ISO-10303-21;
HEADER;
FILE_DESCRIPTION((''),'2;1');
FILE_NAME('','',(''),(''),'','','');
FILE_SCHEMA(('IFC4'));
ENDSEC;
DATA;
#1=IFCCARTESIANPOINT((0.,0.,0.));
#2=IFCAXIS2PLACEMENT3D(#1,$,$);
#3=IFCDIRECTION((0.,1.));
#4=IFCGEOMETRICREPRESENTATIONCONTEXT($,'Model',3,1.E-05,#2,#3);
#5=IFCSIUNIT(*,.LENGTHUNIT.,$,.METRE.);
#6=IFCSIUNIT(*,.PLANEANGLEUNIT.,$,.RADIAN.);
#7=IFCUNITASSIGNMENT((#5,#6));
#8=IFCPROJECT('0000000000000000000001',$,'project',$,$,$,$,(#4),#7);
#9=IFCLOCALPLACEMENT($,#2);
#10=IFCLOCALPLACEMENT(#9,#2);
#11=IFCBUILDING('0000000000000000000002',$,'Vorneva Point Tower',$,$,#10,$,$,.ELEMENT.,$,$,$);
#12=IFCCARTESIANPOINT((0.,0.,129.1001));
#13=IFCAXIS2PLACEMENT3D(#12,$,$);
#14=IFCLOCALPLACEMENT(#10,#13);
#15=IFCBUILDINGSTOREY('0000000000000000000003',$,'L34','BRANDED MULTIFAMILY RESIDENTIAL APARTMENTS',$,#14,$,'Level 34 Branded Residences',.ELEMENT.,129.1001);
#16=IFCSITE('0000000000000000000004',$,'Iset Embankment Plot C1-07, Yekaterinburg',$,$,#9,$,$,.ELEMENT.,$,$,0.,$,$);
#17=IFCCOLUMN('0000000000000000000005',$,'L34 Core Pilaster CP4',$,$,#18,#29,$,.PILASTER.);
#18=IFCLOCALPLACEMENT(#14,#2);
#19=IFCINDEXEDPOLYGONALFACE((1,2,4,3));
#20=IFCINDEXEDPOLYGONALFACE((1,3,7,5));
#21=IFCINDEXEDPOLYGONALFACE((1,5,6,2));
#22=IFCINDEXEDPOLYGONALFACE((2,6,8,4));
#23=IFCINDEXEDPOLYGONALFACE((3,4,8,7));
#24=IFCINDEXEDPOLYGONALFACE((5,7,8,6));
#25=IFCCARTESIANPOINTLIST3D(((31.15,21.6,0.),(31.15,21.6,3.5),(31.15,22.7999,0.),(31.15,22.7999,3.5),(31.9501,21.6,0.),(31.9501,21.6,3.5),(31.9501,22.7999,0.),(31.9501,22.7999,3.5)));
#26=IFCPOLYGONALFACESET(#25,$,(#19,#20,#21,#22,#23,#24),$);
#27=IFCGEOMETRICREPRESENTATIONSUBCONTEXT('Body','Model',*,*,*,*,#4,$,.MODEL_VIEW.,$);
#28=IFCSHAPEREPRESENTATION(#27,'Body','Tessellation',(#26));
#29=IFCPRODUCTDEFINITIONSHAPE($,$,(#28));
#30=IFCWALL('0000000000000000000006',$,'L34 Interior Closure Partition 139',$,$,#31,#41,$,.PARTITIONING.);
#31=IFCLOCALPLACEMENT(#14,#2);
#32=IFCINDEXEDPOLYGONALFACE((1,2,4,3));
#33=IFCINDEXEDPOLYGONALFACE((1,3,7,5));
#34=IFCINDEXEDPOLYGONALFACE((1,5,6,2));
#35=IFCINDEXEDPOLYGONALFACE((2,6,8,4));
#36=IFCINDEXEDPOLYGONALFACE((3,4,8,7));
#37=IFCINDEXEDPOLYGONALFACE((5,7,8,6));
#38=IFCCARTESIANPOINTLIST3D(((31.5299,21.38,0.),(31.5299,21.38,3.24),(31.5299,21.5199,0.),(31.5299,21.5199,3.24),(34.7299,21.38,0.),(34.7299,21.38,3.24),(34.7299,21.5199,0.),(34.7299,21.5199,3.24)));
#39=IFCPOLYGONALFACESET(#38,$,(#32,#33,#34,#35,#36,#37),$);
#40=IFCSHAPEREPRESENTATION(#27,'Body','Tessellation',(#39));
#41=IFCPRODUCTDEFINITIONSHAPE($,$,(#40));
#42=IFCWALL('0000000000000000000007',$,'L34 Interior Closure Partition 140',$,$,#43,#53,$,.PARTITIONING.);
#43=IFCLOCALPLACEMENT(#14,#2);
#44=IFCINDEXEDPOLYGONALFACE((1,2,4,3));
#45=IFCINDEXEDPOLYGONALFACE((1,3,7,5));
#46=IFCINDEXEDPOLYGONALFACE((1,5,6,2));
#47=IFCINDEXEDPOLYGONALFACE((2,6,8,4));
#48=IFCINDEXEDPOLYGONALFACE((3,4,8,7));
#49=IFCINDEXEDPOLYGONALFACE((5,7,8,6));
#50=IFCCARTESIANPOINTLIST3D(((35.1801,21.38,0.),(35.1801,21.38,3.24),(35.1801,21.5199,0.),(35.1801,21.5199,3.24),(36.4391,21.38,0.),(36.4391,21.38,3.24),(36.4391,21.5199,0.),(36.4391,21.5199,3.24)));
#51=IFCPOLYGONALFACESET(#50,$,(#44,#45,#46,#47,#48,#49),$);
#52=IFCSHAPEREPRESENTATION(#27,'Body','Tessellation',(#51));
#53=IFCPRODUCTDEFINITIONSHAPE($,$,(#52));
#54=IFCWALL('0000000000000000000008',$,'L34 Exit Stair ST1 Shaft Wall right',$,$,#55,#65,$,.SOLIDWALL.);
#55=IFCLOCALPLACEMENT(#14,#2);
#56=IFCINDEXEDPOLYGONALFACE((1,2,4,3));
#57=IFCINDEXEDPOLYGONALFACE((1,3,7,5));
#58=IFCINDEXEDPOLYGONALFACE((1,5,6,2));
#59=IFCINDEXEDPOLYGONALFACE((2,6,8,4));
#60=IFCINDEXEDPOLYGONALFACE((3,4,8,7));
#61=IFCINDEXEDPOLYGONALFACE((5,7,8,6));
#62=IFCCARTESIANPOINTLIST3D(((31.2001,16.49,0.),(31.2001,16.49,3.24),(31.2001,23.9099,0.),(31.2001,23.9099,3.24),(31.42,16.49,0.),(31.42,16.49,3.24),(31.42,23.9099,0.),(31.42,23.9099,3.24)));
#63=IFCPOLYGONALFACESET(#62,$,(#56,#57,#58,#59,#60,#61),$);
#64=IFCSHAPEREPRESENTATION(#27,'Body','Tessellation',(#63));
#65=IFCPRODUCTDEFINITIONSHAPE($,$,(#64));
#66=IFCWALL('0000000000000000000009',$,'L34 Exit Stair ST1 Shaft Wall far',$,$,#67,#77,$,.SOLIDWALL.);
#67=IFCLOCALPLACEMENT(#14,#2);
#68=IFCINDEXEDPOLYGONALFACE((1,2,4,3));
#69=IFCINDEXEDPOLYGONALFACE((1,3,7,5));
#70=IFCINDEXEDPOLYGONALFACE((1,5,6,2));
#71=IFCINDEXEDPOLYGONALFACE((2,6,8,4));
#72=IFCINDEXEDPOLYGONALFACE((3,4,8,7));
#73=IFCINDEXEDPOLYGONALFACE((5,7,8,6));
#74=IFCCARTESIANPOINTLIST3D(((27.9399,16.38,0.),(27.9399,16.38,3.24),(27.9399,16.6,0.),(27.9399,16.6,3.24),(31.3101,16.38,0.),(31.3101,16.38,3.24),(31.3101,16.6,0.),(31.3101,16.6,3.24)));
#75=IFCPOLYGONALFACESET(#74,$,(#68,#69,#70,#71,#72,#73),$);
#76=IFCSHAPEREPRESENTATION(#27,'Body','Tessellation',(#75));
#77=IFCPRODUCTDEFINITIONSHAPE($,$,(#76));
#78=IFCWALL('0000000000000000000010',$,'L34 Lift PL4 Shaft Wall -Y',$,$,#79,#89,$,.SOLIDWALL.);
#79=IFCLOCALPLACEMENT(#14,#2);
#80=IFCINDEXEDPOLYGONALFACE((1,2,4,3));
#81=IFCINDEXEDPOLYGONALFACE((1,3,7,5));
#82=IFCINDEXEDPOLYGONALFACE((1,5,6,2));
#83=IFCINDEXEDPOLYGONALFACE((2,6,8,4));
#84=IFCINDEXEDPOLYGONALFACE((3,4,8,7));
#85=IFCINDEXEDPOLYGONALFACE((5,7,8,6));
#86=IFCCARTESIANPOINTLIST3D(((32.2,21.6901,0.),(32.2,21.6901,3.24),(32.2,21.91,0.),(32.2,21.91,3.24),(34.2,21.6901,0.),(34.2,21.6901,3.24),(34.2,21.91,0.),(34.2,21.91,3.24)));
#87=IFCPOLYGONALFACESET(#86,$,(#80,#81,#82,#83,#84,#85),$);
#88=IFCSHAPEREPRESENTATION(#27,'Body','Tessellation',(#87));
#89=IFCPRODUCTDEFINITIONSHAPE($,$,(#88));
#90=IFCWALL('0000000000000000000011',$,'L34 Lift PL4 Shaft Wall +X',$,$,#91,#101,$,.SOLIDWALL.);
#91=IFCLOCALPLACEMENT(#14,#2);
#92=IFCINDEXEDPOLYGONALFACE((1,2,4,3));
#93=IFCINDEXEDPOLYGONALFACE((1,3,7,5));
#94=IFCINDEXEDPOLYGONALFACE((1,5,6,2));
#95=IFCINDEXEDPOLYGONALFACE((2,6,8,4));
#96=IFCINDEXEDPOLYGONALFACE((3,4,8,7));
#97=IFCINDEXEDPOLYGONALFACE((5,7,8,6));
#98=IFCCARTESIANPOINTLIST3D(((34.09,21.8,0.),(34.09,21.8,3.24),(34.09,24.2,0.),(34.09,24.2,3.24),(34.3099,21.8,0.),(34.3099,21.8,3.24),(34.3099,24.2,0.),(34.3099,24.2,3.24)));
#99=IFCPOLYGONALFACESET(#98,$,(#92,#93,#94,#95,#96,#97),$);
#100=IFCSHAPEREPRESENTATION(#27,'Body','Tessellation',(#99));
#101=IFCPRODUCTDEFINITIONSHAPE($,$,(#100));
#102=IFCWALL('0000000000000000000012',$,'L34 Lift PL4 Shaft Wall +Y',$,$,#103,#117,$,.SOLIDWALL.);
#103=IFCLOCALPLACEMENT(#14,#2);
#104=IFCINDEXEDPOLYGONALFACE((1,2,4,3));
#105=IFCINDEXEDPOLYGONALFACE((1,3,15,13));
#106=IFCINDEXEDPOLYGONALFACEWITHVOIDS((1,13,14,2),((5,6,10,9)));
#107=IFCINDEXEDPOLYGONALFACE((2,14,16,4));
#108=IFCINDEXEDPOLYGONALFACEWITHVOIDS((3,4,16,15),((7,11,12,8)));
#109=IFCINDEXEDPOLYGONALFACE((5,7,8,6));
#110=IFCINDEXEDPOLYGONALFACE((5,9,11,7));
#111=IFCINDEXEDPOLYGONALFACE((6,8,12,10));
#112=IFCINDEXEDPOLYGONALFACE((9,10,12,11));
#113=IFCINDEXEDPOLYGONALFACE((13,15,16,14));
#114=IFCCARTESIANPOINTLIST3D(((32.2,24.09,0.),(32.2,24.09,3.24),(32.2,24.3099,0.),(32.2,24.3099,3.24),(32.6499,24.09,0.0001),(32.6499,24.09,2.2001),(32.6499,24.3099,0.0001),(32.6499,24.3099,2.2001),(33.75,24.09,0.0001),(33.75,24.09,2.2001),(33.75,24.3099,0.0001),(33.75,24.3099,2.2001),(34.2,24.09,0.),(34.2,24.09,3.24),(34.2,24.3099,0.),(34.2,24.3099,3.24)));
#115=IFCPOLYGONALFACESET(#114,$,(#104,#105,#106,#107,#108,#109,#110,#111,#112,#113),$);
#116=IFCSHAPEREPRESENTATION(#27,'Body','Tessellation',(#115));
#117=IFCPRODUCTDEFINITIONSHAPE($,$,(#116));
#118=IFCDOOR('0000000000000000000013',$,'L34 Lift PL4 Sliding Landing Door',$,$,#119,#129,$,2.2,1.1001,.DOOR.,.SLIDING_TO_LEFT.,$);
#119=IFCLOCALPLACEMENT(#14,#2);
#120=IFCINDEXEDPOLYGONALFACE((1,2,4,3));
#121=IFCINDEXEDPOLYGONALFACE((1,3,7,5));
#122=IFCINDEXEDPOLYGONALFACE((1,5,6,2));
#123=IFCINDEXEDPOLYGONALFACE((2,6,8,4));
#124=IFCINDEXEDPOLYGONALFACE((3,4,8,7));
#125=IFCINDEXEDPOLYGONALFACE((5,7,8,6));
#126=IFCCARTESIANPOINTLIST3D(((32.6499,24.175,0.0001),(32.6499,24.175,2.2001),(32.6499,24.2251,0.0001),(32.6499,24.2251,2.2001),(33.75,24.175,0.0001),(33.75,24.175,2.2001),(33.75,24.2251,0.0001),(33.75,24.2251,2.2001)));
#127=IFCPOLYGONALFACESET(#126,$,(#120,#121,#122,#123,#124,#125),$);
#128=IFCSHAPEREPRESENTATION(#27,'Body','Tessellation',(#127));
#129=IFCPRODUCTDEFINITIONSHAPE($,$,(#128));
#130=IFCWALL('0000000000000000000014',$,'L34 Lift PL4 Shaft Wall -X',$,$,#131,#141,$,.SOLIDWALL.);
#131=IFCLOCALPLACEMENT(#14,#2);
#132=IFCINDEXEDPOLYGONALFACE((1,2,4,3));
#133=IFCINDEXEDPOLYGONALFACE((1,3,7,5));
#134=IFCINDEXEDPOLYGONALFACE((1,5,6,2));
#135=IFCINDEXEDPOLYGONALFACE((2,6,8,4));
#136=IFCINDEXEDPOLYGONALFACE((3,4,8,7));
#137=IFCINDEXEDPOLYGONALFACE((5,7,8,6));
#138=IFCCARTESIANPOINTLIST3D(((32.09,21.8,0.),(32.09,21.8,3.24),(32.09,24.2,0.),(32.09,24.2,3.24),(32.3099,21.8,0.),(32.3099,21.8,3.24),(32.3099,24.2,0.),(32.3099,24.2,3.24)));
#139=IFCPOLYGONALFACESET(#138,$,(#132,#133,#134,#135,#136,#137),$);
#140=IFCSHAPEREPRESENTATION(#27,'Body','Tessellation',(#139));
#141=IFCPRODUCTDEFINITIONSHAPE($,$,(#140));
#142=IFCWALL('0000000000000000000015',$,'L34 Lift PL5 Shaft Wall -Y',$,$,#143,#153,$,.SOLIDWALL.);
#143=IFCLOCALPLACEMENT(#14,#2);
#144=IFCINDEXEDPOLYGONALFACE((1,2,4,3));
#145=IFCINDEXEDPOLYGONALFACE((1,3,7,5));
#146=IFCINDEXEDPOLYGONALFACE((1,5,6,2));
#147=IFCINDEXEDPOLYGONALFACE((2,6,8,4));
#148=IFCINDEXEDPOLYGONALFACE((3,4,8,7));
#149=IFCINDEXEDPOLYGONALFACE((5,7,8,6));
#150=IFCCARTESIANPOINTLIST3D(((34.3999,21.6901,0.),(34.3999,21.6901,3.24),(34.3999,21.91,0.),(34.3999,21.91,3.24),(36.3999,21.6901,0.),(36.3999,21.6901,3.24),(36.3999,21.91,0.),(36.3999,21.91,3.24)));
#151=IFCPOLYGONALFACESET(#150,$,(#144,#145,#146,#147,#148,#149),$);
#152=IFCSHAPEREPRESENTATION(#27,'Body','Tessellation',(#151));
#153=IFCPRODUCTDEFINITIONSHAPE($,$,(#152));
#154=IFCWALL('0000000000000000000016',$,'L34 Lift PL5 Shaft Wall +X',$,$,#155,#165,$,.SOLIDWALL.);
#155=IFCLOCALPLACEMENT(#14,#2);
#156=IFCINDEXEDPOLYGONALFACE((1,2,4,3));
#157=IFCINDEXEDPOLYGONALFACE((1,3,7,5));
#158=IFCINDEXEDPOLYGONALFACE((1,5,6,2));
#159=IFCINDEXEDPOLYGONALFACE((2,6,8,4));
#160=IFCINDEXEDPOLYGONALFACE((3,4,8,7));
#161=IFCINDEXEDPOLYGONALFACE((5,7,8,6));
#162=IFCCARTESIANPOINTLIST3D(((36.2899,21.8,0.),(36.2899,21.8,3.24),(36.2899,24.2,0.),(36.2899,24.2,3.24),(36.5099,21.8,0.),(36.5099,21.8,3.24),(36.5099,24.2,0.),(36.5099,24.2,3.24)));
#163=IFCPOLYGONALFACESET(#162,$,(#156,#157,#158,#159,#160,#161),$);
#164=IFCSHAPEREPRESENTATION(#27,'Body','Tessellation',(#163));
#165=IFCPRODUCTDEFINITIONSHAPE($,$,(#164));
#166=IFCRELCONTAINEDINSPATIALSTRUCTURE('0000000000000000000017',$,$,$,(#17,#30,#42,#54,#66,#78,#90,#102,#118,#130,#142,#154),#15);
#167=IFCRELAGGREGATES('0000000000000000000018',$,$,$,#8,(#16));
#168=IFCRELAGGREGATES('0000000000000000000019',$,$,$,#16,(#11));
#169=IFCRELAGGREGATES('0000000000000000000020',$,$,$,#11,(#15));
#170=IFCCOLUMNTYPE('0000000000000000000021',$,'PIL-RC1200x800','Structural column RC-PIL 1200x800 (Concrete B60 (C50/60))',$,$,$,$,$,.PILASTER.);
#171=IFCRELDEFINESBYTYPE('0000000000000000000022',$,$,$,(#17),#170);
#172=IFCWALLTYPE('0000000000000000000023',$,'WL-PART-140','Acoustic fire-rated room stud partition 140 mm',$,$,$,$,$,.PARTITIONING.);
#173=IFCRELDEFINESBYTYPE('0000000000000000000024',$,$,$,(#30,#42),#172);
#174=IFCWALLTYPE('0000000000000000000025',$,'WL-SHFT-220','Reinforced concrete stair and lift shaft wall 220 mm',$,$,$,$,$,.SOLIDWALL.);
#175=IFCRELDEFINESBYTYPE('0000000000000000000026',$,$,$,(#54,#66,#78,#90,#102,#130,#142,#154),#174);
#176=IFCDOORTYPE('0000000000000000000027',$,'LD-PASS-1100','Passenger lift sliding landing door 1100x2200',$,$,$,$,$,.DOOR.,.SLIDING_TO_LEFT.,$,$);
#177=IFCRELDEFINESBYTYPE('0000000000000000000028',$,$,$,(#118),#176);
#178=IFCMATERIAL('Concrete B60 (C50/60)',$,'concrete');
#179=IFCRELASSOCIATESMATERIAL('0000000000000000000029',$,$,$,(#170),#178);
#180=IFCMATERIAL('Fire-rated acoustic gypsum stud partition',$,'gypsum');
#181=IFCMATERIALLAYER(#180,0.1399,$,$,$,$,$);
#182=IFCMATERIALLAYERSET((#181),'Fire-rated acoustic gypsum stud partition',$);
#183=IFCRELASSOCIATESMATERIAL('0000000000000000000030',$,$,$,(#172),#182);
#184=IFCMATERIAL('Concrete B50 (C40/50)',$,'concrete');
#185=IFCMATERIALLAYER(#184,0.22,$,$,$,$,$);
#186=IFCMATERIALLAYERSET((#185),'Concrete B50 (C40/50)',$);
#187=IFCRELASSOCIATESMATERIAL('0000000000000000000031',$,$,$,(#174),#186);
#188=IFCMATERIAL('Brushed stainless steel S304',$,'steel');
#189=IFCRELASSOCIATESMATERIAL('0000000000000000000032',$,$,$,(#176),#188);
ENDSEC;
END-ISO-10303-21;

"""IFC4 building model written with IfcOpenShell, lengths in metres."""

from ifc_helpers import new_model, si_unit, direction, frame, frame_2d, origin, origin_2d, place, context, subcontext, project, spatial, rectangle, extrude, material, layer, layer_set, material_profile, profile_set, type_object, element, fill, save


model = new_model("IFC4")

# Units and contexts
model_context = context("Model", 3, precision=1e-05, world=origin(), true_north=direction((0.0, 1.0)))
body_context = subcontext(model_context, "Body", "Model", "MODEL_VIEW")
ifc_project = project(units=[si_unit("LENGTHUNIT", "METRE"), si_unit("PLANEANGLEUNIT", "RADIAN")], contexts=[model_context])

# Site, building, storey
site_placement = place(None, origin())
site = spatial("IfcSite", under=ifc_project, at=site_placement, Name="Iset Embankment Plot C1-07, Yekaterinburg", CompositionType="ELEMENT", RefElevation=0.0)
building_placement = place(site_placement, origin())
building = spatial("IfcBuilding", under=site, at=building_placement, Name="Vorneva Point Tower", CompositionType="ELEMENT")
storey_placement = place(building_placement, frame((0.0, 0.0, 129.1001)))
storey = spatial("IfcBuildingStorey", under=building, at=storey_placement, Name="L34", Description="BRANDED MULTIFAMILY RESIDENTIAL APARTMENTS", LongName="Level 34 Branded Residences", CompositionType="ELEMENT", Elevation=129.1001)

# Column
ifc_material_1 = material(Name="Concrete B60 (C50/60)", Category="concrete")
ifc_material_profile = material_profile(ifc_material_1, rectangle(XDim=0.8, YDim=1.2, at=origin_2d()), Name="RC-PIL 1200x800")
ifc_profile_set = profile_set([ifc_material_profile], Name="Concrete B60 (C50/60)")
column_type = type_object("IfcColumnType", Name="PIL-RC1200x800", Description="Structural column RC-PIL 1200x800 (Concrete B60 (C50/60))", PredefinedType="PILASTER", material=ifc_profile_set)
column_placement = place(storey_placement, frame((31.55, 22.2, 0.0), z_axis=(0.0, 0.0, 1.0), x_axis=(1.0, 0.0, 0.0)))
element("IfcColumn", 1, at=column_placement, inside=storey, type_object=column_type, Name="L34 Core Pilaster CP4", PredefinedType="PILASTER", context=body_context, shape_type="SweptSolid", body=[
    extrude(rectangle(XDim=0.8, YDim=1.2, at=origin_2d()), origin(), (0.0, 0.0, 1.0), 3.5),
])

# Walls
ifc_material_2 = material(Name="Fire-rated acoustic gypsum stud partition", Category="gypsum")
ifc_layer_1 = layer(ifc_material_2, 0.1399)
ifc_layer_set_1 = layer_set([ifc_layer_1], Name="Fire-rated acoustic gypsum stud partition")
wall_type_1 = type_object("IfcWallType", Name="WL-PART-140", Description="Acoustic fire-rated room stud partition 140 mm", PredefinedType="PARTITIONING", material=ifc_layer_set_1)
wall_1_placement = place(storey_placement, frame((34.73, 21.45, 0.0), z_axis=(0.0, 0.0, 1.0), x_axis=(-1.0, 0.0, 0.0)))
element("IfcWall", 2, at=wall_1_placement, inside=storey, type_object=wall_type_1, Name="L34 Interior Closure Partition 139", PredefinedType="PARTITIONING", context=body_context, shape_type="SweptSolid", body=[
    extrude(rectangle(XDim=3.2, YDim=0.1399, at=frame_2d((1.6001, 0.0))), origin(), (0.0, 0.0, 1.0), 3.24),
])
wall_2_placement = place(storey_placement, frame((36.439, 21.45, 0.0), z_axis=(0.0, 0.0, 1.0), x_axis=(-1.0, 0.0, 0.0)))
element("IfcWall", 3, at=wall_2_placement, inside=storey, type_object=wall_type_1, Name="L34 Interior Closure Partition 140", PredefinedType="PARTITIONING", context=body_context, shape_type="SweptSolid", body=[
    extrude(rectangle(XDim=1.259, YDim=0.1399, at=frame_2d((0.6294, 0.0))), origin(), (0.0, 0.0, 1.0), 3.24),
])

# Shared definitions
ifc_material_3 = material(Name="Concrete B50 (C40/50)", Category="concrete")
ifc_layer_2 = layer(ifc_material_3, 0.22)
ifc_layer_set_2 = layer_set([ifc_layer_2], Name="Concrete B50 (C40/50)")
wall_type_2 = type_object("IfcWallType", Name="WL-SHFT-220", Description="Reinforced concrete stair and lift shaft wall 220 mm", PredefinedType="SOLIDWALL", material=ifc_layer_set_2)

# Walls
wall_3_placement = place(storey_placement, frame((31.3101, 23.9099, 0.0), z_axis=(0.0, 0.0, 1.0), x_axis=(0.0, -1.0, 0.0)))
element("IfcWall", 4, at=wall_3_placement, inside=storey, type_object=wall_type_2, Name="L34 Exit Stair ST1 Shaft Wall right", PredefinedType="SOLIDWALL", context=body_context, shape_type="SweptSolid", body=[
    extrude(rectangle(XDim=7.4199, YDim=0.22, at=frame_2d((3.71, 0.0))), origin(), (0.0, 0.0, 1.0), 3.24),
])
wall_4_placement = place(storey_placement, frame((31.3101, 16.49, 0.0), z_axis=(0.0, 0.0, 1.0), x_axis=(-1.0, 0.0, 0.0)))
element("IfcWall", 5, at=wall_4_placement, inside=storey, type_object=wall_type_2, Name="L34 Exit Stair ST1 Shaft Wall far", PredefinedType="SOLIDWALL", context=body_context, shape_type="SweptSolid", body=[
    extrude(rectangle(XDim=3.3701, YDim=0.22, at=frame_2d((1.6851, 0.0))), origin(), (0.0, 0.0, 1.0), 3.24),
])
wall_5_placement = place(storey_placement, frame((32.2, 21.8, 0.0), z_axis=(0.0, 0.0, 1.0), x_axis=(1.0, 0.0, 0.0)))
element("IfcWall", 6, at=wall_5_placement, inside=storey, type_object=wall_type_2, Name="L34 Lift PL4 Shaft Wall -Y", PredefinedType="SOLIDWALL", context=body_context, shape_type="SweptSolid", body=[
    extrude(rectangle(XDim=2.0, YDim=0.22, at=frame_2d((1.0, 0.0))), origin(), (0.0, 0.0, 1.0), 3.24),
])
wall_6_placement = place(storey_placement, frame((34.2, 21.8, 0.0), z_axis=(0.0, 0.0, 1.0), x_axis=(0.0, 1.0, 0.0)))
element("IfcWall", 7, at=wall_6_placement, inside=storey, type_object=wall_type_2, Name="L34 Lift PL4 Shaft Wall +X", PredefinedType="SOLIDWALL", context=body_context, shape_type="SweptSolid", body=[
    extrude(rectangle(XDim=2.3999, YDim=0.22, at=frame_2d((1.2, 0.0))), origin(), (0.0, 0.0, 1.0), 3.24),
])

# Wall, opening, door
wall_7_placement = place(storey_placement, frame((34.2, 24.2, 0.0), z_axis=(0.0, 0.0, 1.0), x_axis=(-1.0, 0.0, 0.0)))
wall_7 = element("IfcWall", 8, at=wall_7_placement, inside=storey, type_object=wall_type_2, Name="L34 Lift PL4 Shaft Wall +Y", PredefinedType="SOLIDWALL", context=body_context, shape_type="SweptSolid", body=[
    extrude(rectangle(XDim=2.0, YDim=0.22, at=frame_2d((1.0, 0.0))), origin(), (0.0, 0.0, 1.0), 3.24),
])
opening_1_placement = place(wall_7_placement, frame((0.45, 0.0, 0.0)))
opening_1 = element("IfcOpeningElement", 9, at=opening_1_placement, cuts=wall_7, PredefinedType="OPENING", context=body_context, shape_type="SweptSolid", body=[
    extrude(rectangle(XDim=1.1001, YDim=2.2, at=frame_2d((0.55, 1.1001))), frame((0.0, 0.125, 0.0), z_axis=(0.0, -1.0, 0.0), x_axis=(1.0, 0.0, 0.0)), (0.0, 0.0, 1.0), 0.2498),
])
ifc_material_4 = material(Name="Brushed stainless steel S304", Category="steel")
door_type_1 = type_object("IfcDoorType", Name="LD-PASS-1100", Description="Passenger lift sliding landing door 1100x2200", OperationType="SLIDING_TO_LEFT", PredefinedType="DOOR", material=ifc_material_4)
door_1_placement = place(opening_1_placement, origin())
door_1 = element("IfcDoor", 10, at=door_1_placement, inside=storey, type_object=door_type_1, Name="L34 Lift PL4 Sliding Landing Door", OperationType="SLIDING_TO_LEFT", OverallHeight=2.2, OverallWidth=1.1001, PredefinedType="DOOR", context=body_context, shape_type="SweptSolid", body=[
    extrude(rectangle(XDim=1.1001, YDim=2.2, at=frame_2d((0.55, 1.1001))), frame((0.0, 0.0249, 0.0), z_axis=(0.0, -1.0, 0.0), x_axis=(1.0, 0.0, 0.0)), (0.0, 0.0, 1.0), 0.05),
])
fill(opening_1, door_1)

# Walls
wall_8_placement = place(storey_placement, frame((32.2, 24.2, 0.0), z_axis=(0.0, 0.0, 1.0), x_axis=(0.0, -1.0, 0.0)))
element("IfcWall", 11, at=wall_8_placement, inside=storey, type_object=wall_type_2, Name="L34 Lift PL4 Shaft Wall -X", PredefinedType="SOLIDWALL", context=body_context, shape_type="SweptSolid", body=[
    extrude(rectangle(XDim=2.3999, YDim=0.22, at=frame_2d((1.2, 0.0))), origin(), (0.0, 0.0, 1.0), 3.24),
])
wall_9_placement = place(storey_placement, frame((34.3999, 21.8, 0.0), z_axis=(0.0, 0.0, 1.0), x_axis=(1.0, 0.0, 0.0)))
element("IfcWall", 12, at=wall_9_placement, inside=storey, type_object=wall_type_2, Name="L34 Lift PL5 Shaft Wall -Y", PredefinedType="SOLIDWALL", context=body_context, shape_type="SweptSolid", body=[
    extrude(rectangle(XDim=2.0, YDim=0.22, at=frame_2d((1.0, 0.0))), origin(), (0.0, 0.0, 1.0), 3.24),
])
wall_10_placement = place(storey_placement, frame((36.3999, 21.8, 0.0), z_axis=(0.0, 0.0, 1.0), x_axis=(0.0, 1.0, 0.0)))
element("IfcWall", 13, at=wall_10_placement, inside=storey, type_object=wall_type_2, Name="L34 Lift PL5 Shaft Wall +X", PredefinedType="SOLIDWALL", context=body_context, shape_type="SweptSolid", body=[
    extrude(rectangle(XDim=2.3999, YDim=0.22, at=frame_2d((1.2, 0.0))), origin(), (0.0, 0.0, 1.0), 3.24),
])

save(model, "model.ifc")
